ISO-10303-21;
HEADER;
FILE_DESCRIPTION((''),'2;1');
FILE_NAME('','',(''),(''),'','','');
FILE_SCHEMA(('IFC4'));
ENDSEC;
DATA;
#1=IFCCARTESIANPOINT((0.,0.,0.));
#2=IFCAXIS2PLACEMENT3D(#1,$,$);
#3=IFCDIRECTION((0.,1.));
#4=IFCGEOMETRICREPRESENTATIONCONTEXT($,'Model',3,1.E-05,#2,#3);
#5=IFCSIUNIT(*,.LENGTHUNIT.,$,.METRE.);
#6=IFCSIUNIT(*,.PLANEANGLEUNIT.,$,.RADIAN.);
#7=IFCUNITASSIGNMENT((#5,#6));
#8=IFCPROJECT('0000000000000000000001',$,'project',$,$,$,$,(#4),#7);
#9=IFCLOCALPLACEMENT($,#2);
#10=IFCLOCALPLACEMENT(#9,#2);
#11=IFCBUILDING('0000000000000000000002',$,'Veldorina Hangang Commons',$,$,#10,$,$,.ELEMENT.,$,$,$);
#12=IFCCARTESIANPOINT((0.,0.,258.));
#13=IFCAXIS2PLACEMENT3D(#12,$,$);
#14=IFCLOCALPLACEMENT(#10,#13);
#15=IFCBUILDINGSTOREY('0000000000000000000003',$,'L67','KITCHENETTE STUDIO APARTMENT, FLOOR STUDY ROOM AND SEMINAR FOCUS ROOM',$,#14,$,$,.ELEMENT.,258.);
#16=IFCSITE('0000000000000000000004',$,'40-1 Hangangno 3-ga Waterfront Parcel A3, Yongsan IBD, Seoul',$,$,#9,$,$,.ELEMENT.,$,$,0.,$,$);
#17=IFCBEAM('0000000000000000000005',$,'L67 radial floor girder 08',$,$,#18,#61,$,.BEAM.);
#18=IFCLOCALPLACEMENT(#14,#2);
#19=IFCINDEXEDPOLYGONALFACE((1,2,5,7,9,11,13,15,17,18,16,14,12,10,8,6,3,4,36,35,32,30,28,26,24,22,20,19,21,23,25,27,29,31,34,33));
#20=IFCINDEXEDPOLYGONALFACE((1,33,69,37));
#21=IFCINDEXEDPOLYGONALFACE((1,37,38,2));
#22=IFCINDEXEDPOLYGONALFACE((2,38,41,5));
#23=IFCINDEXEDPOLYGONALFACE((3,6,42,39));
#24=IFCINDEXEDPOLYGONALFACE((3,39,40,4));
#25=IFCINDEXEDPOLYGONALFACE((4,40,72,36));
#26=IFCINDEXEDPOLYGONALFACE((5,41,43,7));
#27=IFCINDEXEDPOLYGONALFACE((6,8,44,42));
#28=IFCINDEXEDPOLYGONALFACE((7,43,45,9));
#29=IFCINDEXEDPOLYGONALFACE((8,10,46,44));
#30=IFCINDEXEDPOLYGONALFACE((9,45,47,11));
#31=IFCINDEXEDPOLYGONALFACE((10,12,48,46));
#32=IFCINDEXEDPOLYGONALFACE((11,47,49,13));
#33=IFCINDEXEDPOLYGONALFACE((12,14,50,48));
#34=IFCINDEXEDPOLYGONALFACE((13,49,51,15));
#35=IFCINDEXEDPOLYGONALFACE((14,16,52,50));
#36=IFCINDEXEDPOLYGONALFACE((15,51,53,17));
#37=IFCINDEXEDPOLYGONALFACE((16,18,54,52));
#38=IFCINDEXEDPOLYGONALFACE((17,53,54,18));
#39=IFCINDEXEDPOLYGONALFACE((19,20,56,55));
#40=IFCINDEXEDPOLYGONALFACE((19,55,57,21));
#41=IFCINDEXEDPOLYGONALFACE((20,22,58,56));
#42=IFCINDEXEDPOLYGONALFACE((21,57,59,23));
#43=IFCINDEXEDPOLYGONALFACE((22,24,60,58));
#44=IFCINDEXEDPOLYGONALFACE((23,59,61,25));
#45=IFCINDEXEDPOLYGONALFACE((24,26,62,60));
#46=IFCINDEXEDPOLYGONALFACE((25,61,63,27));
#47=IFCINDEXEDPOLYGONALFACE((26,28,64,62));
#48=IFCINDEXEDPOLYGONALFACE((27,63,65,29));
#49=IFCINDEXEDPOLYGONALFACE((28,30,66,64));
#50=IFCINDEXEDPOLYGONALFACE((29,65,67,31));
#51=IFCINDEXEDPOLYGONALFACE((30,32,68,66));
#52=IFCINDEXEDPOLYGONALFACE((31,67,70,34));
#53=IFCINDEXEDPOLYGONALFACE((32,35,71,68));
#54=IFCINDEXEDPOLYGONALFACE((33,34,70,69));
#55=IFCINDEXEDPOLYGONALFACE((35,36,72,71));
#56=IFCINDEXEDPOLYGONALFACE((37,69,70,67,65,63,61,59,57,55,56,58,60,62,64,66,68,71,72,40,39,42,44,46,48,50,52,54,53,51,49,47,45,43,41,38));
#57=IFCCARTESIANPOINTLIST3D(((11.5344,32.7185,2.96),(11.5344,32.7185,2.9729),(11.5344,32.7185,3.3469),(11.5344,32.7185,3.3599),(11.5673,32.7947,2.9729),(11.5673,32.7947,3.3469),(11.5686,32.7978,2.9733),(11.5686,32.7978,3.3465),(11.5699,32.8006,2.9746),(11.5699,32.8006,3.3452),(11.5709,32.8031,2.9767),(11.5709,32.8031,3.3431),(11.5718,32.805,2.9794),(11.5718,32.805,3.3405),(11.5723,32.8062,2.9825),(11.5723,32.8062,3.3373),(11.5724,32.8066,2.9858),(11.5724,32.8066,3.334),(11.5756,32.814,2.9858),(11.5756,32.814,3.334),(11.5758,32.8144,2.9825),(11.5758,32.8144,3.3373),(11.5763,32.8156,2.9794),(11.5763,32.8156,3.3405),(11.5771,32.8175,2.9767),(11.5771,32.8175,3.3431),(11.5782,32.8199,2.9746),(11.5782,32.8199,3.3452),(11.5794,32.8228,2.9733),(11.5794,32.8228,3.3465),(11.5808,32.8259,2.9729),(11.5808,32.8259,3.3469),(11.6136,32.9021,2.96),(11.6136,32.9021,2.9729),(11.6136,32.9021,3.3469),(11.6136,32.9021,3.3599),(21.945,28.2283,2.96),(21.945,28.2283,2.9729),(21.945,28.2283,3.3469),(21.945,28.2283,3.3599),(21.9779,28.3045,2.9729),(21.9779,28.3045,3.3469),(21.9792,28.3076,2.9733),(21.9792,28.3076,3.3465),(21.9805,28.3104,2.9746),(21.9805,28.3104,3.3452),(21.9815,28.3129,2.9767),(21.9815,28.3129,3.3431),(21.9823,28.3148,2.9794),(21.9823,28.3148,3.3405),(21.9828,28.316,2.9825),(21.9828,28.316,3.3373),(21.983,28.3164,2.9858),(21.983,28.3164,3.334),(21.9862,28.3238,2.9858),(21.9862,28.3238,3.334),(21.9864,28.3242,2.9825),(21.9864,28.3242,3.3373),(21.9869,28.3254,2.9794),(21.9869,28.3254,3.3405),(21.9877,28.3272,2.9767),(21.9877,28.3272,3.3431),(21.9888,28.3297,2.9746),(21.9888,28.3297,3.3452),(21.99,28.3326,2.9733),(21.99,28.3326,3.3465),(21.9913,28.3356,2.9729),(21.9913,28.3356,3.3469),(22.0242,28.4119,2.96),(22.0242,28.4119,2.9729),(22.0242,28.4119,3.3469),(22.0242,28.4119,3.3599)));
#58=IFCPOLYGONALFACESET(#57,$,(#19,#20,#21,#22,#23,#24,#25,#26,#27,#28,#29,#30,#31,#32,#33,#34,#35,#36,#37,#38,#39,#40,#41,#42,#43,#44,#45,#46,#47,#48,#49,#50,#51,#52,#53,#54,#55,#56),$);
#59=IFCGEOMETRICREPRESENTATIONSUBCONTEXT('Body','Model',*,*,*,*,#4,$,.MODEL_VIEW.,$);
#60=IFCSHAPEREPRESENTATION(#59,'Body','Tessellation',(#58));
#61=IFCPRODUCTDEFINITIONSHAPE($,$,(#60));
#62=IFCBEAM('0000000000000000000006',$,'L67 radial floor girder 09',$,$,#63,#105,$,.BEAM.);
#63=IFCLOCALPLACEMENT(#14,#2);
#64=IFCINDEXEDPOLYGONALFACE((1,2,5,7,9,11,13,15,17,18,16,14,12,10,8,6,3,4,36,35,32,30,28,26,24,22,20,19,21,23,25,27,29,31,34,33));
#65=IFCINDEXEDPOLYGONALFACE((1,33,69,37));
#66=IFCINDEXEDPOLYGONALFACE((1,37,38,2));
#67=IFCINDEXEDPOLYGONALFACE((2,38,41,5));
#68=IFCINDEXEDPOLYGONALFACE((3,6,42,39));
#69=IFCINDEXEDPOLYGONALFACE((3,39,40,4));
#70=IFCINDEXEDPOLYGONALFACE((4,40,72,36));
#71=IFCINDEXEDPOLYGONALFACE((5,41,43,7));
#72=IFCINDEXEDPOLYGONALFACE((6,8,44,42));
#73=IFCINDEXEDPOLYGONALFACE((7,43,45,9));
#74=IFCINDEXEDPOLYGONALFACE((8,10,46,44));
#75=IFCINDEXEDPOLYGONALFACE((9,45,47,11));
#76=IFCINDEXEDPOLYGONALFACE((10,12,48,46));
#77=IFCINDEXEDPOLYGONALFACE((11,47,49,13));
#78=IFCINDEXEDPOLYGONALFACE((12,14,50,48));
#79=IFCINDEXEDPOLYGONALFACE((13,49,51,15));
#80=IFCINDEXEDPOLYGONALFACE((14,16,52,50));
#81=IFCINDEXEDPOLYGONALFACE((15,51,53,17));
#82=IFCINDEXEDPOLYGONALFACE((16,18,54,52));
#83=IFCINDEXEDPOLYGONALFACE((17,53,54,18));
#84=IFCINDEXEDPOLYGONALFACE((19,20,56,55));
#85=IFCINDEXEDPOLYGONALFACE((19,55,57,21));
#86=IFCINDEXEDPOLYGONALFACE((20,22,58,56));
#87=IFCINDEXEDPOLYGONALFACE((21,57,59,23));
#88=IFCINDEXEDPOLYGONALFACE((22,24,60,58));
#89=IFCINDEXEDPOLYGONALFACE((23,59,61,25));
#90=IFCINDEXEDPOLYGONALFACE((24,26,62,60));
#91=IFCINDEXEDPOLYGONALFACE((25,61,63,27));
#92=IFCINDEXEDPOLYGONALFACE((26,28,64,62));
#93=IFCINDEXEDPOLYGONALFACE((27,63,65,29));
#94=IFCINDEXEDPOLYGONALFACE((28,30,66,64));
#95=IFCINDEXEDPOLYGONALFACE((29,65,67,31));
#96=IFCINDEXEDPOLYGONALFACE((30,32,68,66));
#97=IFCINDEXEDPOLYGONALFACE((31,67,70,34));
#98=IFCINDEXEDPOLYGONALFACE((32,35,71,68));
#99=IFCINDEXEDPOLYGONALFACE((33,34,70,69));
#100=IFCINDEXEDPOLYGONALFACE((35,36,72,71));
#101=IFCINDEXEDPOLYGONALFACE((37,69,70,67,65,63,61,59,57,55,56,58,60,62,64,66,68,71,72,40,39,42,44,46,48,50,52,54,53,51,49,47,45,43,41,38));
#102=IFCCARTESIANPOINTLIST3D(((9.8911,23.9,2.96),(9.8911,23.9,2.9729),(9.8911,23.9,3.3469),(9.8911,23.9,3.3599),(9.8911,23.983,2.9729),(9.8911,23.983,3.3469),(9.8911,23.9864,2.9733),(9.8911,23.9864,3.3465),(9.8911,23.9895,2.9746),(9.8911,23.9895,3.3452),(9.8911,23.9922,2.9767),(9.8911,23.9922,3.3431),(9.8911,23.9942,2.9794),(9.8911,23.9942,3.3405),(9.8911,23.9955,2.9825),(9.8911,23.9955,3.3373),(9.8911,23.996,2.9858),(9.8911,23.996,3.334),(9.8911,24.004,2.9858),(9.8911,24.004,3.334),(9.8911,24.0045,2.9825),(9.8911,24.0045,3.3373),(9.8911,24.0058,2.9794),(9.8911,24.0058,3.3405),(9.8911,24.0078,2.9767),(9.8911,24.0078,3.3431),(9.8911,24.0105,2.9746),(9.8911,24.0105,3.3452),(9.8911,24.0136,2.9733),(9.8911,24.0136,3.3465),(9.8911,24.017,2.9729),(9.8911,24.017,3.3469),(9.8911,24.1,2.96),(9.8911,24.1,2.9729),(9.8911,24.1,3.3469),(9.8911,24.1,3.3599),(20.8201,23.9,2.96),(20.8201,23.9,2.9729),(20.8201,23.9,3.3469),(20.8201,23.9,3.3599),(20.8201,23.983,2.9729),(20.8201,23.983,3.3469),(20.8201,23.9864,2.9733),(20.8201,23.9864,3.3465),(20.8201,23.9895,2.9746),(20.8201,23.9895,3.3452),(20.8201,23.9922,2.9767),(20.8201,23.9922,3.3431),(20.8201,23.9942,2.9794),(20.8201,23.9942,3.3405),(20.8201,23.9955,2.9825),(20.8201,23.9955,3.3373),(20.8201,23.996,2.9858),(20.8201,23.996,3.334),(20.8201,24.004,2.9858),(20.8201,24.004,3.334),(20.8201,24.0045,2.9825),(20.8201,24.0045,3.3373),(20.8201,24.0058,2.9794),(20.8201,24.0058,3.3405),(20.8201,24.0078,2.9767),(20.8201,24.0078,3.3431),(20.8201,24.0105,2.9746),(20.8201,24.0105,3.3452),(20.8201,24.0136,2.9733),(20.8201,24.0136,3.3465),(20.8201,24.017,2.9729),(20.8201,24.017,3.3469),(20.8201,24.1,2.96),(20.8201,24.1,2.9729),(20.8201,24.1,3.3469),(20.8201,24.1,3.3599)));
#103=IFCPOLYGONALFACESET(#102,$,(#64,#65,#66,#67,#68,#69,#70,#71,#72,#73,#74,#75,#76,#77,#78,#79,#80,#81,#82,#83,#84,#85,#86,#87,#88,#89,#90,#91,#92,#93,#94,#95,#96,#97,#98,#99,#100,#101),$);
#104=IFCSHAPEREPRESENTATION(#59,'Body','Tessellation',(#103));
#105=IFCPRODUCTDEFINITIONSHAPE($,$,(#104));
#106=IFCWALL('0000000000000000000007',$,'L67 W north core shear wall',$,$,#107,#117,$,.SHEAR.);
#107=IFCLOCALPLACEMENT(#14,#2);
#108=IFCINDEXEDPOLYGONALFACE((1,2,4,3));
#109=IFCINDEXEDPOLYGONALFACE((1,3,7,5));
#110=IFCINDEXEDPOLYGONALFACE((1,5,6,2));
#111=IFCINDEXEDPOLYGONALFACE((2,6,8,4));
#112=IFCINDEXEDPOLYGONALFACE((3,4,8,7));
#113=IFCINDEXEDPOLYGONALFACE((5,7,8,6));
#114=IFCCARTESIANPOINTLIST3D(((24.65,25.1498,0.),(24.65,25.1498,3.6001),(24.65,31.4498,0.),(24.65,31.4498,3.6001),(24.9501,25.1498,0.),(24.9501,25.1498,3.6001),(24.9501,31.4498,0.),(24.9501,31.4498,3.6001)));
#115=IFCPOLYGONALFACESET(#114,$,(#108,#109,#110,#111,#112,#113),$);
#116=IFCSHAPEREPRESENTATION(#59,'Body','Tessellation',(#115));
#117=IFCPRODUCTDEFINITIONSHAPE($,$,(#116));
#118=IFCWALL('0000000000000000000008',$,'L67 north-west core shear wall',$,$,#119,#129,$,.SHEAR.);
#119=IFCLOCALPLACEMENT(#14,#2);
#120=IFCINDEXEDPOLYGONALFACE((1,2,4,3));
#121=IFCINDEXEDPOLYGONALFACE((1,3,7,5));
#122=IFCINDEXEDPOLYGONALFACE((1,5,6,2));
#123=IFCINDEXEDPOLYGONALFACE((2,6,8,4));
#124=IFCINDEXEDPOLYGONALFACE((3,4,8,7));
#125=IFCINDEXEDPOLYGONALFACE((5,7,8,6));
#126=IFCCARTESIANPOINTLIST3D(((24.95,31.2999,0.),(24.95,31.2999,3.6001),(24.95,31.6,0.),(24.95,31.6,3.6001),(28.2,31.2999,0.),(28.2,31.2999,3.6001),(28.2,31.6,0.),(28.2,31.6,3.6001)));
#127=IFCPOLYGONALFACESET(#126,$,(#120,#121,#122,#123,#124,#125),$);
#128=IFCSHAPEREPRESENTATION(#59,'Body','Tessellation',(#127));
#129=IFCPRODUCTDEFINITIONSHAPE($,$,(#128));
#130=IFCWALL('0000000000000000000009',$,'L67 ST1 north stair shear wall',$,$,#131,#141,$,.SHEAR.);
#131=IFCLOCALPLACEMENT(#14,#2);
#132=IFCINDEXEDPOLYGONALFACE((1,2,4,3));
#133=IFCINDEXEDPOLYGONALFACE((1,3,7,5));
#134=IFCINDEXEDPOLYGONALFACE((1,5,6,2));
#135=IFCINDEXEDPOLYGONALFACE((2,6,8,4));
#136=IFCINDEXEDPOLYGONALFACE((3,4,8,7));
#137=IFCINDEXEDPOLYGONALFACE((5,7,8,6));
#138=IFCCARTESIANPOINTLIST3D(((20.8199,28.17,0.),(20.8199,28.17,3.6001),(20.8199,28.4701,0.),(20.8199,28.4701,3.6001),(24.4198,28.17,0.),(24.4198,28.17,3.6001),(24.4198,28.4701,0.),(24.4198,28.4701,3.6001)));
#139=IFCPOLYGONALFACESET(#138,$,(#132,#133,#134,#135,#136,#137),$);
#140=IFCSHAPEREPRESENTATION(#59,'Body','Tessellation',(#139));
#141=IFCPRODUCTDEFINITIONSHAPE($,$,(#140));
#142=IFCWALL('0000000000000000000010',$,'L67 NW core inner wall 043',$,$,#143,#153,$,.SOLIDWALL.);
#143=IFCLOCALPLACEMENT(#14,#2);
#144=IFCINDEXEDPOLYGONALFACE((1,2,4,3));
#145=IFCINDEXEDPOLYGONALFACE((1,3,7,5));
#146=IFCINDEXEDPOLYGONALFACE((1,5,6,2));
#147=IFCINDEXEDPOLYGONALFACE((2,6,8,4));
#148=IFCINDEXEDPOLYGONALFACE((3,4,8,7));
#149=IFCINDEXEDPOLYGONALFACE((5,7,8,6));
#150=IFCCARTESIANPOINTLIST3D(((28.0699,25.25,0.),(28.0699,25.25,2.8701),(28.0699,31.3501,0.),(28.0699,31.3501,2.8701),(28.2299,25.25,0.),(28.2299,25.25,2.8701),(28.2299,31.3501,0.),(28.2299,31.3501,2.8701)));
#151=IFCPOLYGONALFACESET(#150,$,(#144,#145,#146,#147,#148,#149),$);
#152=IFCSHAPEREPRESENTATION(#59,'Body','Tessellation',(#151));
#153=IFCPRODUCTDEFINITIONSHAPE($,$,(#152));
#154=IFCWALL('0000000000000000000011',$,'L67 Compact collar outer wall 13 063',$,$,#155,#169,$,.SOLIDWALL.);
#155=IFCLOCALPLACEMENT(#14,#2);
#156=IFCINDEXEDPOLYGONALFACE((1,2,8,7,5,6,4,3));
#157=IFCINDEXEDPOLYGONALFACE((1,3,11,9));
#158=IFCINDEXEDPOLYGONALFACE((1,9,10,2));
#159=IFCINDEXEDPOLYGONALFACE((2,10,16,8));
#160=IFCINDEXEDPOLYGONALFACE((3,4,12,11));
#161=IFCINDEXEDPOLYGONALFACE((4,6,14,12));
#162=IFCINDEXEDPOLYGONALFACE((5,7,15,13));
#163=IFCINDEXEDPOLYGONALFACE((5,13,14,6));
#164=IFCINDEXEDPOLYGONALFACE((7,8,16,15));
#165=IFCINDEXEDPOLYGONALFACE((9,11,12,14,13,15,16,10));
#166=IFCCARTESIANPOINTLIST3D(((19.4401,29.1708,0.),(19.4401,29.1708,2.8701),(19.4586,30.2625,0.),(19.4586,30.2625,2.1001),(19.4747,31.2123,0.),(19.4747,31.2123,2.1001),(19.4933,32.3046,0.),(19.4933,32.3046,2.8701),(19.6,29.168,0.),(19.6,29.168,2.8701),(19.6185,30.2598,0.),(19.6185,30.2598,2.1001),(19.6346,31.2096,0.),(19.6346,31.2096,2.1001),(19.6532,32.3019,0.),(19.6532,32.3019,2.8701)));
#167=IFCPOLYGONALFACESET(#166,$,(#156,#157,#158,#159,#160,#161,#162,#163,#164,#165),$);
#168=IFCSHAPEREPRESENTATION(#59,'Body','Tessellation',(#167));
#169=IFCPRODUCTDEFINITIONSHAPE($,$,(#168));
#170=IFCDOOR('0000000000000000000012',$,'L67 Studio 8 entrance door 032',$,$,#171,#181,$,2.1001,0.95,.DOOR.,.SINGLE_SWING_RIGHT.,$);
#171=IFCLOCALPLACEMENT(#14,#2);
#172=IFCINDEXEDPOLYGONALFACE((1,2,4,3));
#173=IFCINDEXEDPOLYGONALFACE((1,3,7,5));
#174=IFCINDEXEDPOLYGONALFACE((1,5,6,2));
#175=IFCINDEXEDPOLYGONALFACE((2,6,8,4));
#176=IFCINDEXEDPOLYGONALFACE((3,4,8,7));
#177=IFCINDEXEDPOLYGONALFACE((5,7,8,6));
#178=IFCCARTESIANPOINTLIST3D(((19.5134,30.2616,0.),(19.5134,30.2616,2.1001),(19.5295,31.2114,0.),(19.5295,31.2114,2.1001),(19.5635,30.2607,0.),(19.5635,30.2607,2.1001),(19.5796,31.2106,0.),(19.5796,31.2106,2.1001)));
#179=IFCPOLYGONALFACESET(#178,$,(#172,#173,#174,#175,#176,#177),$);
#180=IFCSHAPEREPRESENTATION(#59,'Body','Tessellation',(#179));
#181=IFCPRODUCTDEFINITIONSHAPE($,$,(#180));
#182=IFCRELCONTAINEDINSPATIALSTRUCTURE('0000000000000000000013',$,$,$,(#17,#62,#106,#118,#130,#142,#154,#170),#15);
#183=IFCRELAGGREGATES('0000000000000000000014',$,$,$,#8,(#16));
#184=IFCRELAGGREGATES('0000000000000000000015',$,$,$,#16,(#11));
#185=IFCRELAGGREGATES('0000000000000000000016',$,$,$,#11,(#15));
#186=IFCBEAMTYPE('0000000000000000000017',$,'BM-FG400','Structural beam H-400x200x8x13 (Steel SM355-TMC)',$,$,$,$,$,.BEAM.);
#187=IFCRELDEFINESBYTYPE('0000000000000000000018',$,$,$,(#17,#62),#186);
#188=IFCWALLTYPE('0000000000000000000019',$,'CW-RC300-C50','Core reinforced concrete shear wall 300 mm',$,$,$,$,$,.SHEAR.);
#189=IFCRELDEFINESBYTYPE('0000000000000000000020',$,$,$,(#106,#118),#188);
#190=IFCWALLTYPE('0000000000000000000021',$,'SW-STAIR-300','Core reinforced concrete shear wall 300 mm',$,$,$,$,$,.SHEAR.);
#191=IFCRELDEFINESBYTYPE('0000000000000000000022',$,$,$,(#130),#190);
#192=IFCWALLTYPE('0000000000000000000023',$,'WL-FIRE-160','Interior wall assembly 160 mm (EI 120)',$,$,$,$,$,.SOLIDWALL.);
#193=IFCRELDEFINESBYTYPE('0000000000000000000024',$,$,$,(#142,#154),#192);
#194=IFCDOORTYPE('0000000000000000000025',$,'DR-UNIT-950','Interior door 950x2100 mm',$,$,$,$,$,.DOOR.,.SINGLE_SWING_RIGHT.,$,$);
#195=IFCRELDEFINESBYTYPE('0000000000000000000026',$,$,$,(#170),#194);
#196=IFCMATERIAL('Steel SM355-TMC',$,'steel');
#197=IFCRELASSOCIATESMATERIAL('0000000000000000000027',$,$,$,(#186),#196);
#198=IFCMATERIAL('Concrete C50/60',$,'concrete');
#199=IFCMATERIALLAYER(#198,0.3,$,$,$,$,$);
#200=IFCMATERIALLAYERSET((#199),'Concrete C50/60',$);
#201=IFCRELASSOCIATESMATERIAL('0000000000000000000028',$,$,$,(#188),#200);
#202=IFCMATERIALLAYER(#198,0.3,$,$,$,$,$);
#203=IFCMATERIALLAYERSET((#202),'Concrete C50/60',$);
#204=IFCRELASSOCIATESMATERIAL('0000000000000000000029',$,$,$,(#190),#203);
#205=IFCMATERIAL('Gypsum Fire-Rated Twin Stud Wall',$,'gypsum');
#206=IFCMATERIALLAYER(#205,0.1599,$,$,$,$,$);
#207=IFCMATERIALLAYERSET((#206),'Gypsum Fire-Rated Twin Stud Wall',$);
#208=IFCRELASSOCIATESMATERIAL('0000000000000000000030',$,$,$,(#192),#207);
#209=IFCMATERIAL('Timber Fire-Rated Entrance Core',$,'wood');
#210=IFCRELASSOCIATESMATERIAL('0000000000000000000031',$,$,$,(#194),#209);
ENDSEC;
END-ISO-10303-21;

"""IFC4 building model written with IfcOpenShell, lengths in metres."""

from ifc_helpers import new_model, si_unit, direction, frame, frame_2d, origin, origin_2d, place, context, subcontext, project, spatial, rectangle, i_section, extrude, material, layer, layer_set, material_profile, profile_set, type_object, element, fill, save


model = new_model("IFC4")

# Units and contexts
model_context = context("Model", 3, precision=1e-05, world=origin(), true_north=direction((0.0, 1.0)))
body_context = subcontext(model_context, "Body", "Model", "MODEL_VIEW")
ifc_project = project(units=[si_unit("LENGTHUNIT", "METRE"), si_unit("PLANEANGLEUNIT", "RADIAN")], contexts=[model_context])

# Site, building, storey
site_placement = place(None, origin())
site = spatial("IfcSite", under=ifc_project, at=site_placement, Name="40-1 Hangangno 3-ga Waterfront Parcel A3, Yongsan IBD, Seoul", CompositionType="ELEMENT", RefElevation=0.0)
building_placement = place(site_placement, origin())
building = spatial("IfcBuilding", under=site, at=building_placement, Name="Veldorina Hangang Commons", CompositionType="ELEMENT")
storey_placement = place(building_placement, frame((0.0, 0.0, 258.0)))
storey = spatial("IfcBuildingStorey", under=building, at=storey_placement, Name="L67", Description="KITCHENETTE STUDIO APARTMENT, FLOOR STUDY ROOM AND SEMINAR FOCUS ROOM", CompositionType="ELEMENT", Elevation=258.0)

# Beams
ifc_material_1 = material(Name="Concrete C50/60", Category="concrete")
ifc_material_2 = material(Name="Steel SM355-TMC", Category="steel")
ifc_material_profile_1 = material_profile(ifc_material_2, i_section(OverallWidth=0.2, OverallDepth=0.3999, WebThickness=0.0081, FlangeThickness=0.0129, FilletRadius=0.0129, at=origin_2d()), Name="H-400x200x8x13")
ifc_profile_set_1 = profile_set([ifc_material_profile_1], Name="Steel SM355-TMC")
beam_type_1 = type_object("IfcBeamType", Name="BM-FG400", Description="Structural beam H-400x200x8x13 (Steel SM355-TMC)", PredefinedType="BEAM", material=ifc_profile_set_1)
beam_1_placement = place(storey_placement, frame((21.9846, 28.3201, 3.1599), z_axis=(-0.918231, 0.396044, 0.0), x_axis=(-0.396044, -0.918231, 0.0)))
element("IfcBeam", 1, at=beam_1_placement, inside=storey, type_object=beam_type_1, Name="L67 radial floor girder 08", PredefinedType="BEAM", context=body_context, shape_type="SweptSolid", body=[
    extrude(i_section(OverallWidth=0.2, OverallDepth=0.3999, WebThickness=0.0081, FlangeThickness=0.0129, FilletRadius=0.0129, at=origin_2d()), origin(), (0.0, 0.0, 1.0), 11.3376),
])
beam_2_placement = place(storey_placement, frame((20.8201, 24.0, 3.1599), z_axis=(-1.0, 0.0, 0.0), x_axis=(0.0, -1.0, 0.0)))
element("IfcBeam", 2, at=beam_2_placement, inside=storey, type_object=beam_type_1, Name="L67 radial floor girder 09", PredefinedType="BEAM", context=body_context, shape_type="SweptSolid", body=[
    extrude(i_section(OverallWidth=0.2, OverallDepth=0.3999, WebThickness=0.0081, FlangeThickness=0.0129, FilletRadius=0.0129, at=origin_2d()), origin(), (0.0, 0.0, 1.0), 10.929),
])

# Walls
ifc_layer_1 = layer(ifc_material_1, 0.3)
ifc_layer_set_1 = layer_set([ifc_layer_1], Name="Concrete C50/60")
wall_type_1 = type_object("IfcWallType", Name="CW-RC300-C50", Description="Core reinforced concrete shear wall 300 mm", PredefinedType="SHEAR", material=ifc_layer_set_1)
wall_1_placement = place(storey_placement, frame((24.8, 25.1499, 0.0), z_axis=(0.0, 0.0, 1.0), x_axis=(0.0, 1.0, 0.0)))
element("IfcWall", 3, at=wall_1_placement, inside=storey, type_object=wall_type_1, Name="L67 W north core shear wall", PredefinedType="SHEAR", context=body_context, shape_type="SweptSolid", body=[
    extrude(rectangle(XDim=6.3, YDim=0.3, at=frame_2d((3.1499, 0.0))), origin(), (0.0, 0.0, 1.0), 3.6001),
])
wall_2_placement = place(storey_placement, frame((24.95, 31.45, 0.0), z_axis=(0.0, 0.0, 1.0), x_axis=(1.0, 0.0, 0.0)))
element("IfcWall", 4, at=wall_2_placement, inside=storey, type_object=wall_type_1, Name="L67 north-west core shear wall", PredefinedType="SHEAR", context=body_context, shape_type="SweptSolid", body=[
    extrude(rectangle(XDim=3.25, YDim=0.3, at=frame_2d((1.625, 0.0))), origin(), (0.0, 0.0, 1.0), 3.6001),
])
ifc_layer_2 = layer(ifc_material_1, 0.3)
ifc_layer_set_2 = layer_set([ifc_layer_2], Name="Concrete C50/60")
wall_type_2 = type_object("IfcWallType", Name="SW-STAIR-300", Description="Core reinforced concrete shear wall 300 mm", PredefinedType="SHEAR", material=ifc_layer_set_2)
wall_3_placement = place(storey_placement, frame((20.8201, 28.3201, 0.0), z_axis=(0.0, 0.0, 1.0), x_axis=(1.0, 0.0, 0.0)))
element("IfcWall", 5, at=wall_3_placement, inside=storey, type_object=wall_type_2, Name="L67 ST1 north stair shear wall", PredefinedType="SHEAR", context=body_context, shape_type="SweptSolid", body=[
    extrude(rectangle(XDim=3.5999, YDim=0.3, at=frame_2d((1.7998, 0.0))), origin(), (0.0, 0.0, 1.0), 3.6001),
])
ifc_material_3 = material(Name="Gypsum Fire-Rated Twin Stud Wall", Category="gypsum")
ifc_layer_3 = layer(ifc_material_3, 0.1599)
ifc_layer_set_3 = layer_set([ifc_layer_3], Name="Gypsum Fire-Rated Twin Stud Wall")
wall_type_3 = type_object("IfcWallType", Name="WL-FIRE-160", Description="Interior wall assembly 160 mm (EI 120)", PredefinedType="SOLIDWALL", material=ifc_layer_set_3)
wall_4_placement = place(storey_placement, frame((28.1499, 25.25, 0.0), z_axis=(0.0, 0.0, 1.0), x_axis=(0.0, 1.0, 0.0)))
element("IfcWall", 6, at=wall_4_placement, inside=storey, type_object=wall_type_3, Name="L67 NW core inner wall 043", PredefinedType="SOLIDWALL", context=body_context, shape_type="SweptSolid", body=[
    extrude(rectangle(XDim=6.1001, YDim=0.1599, at=frame_2d((3.05, 0.0))), origin(), (0.0, 0.0, 1.0), 2.8701),
])

# Wall, opening, door
wall_5_placement = place(storey_placement, frame((19.5732, 32.3032, 0.0), z_axis=(0.0, 0.0, 1.0), x_axis=(-0.016981, -0.999856, 0.0)))
wall_5 = element("IfcWall", 7, at=wall_5_placement, inside=storey, type_object=wall_type_3, Name="L67 Compact collar outer wall 13 063", PredefinedType="SOLIDWALL", context=body_context, shape_type="SweptSolid", body=[
    extrude(rectangle(XDim=3.1343, YDim=0.1599, at=frame_2d((1.5671, 0.0))), origin(), (0.0, 0.0, 1.0), 2.8701),
])
opening_1_placement = place(wall_5_placement, frame((1.0923, 0.0, 0.0)))
opening_1 = element("IfcOpeningElement", 8, at=opening_1_placement, cuts=wall_5, PredefinedType="OPENING", context=body_context, shape_type="SweptSolid", body=[
    extrude(rectangle(XDim=0.95, YDim=2.1001, at=frame_2d((0.4751, 1.05))), frame((0.0, 0.0898, 0.0), z_axis=(0.0, -1.0, 0.0), x_axis=(1.0, 0.0, 0.0)), (0.0, 0.0, 1.0), 0.1799),
])
ifc_material_4 = material(Name="Timber Fire-Rated Entrance Core", Category="wood")
door_type_1 = type_object("IfcDoorType", Name="DR-UNIT-950", Description="Interior door 950x2100 mm", OperationType="SINGLE_SWING_RIGHT", PredefinedType="DOOR", material=ifc_material_4)
door_1_placement = place(opening_1_placement, origin())
door_1 = element("IfcDoor", 9, at=door_1_placement, inside=storey, type_object=door_type_1, Name="L67 Studio 8 entrance door 032", OperationType="SINGLE_SWING_RIGHT", OverallHeight=2.1001, OverallWidth=0.95, PredefinedType="DOOR", context=body_context, shape_type="SweptSolid", body=[
    extrude(rectangle(XDim=0.95, YDim=2.1001, at=frame_2d((0.4751, 1.05))), frame((0.0, 0.0249, 0.0), z_axis=(0.0, -1.0, 0.0), x_axis=(1.0, 0.0, 0.0)), (0.0, 0.0, 1.0), 0.05),
])
fill(opening_1, door_1)

save(model, "model.ifc")
